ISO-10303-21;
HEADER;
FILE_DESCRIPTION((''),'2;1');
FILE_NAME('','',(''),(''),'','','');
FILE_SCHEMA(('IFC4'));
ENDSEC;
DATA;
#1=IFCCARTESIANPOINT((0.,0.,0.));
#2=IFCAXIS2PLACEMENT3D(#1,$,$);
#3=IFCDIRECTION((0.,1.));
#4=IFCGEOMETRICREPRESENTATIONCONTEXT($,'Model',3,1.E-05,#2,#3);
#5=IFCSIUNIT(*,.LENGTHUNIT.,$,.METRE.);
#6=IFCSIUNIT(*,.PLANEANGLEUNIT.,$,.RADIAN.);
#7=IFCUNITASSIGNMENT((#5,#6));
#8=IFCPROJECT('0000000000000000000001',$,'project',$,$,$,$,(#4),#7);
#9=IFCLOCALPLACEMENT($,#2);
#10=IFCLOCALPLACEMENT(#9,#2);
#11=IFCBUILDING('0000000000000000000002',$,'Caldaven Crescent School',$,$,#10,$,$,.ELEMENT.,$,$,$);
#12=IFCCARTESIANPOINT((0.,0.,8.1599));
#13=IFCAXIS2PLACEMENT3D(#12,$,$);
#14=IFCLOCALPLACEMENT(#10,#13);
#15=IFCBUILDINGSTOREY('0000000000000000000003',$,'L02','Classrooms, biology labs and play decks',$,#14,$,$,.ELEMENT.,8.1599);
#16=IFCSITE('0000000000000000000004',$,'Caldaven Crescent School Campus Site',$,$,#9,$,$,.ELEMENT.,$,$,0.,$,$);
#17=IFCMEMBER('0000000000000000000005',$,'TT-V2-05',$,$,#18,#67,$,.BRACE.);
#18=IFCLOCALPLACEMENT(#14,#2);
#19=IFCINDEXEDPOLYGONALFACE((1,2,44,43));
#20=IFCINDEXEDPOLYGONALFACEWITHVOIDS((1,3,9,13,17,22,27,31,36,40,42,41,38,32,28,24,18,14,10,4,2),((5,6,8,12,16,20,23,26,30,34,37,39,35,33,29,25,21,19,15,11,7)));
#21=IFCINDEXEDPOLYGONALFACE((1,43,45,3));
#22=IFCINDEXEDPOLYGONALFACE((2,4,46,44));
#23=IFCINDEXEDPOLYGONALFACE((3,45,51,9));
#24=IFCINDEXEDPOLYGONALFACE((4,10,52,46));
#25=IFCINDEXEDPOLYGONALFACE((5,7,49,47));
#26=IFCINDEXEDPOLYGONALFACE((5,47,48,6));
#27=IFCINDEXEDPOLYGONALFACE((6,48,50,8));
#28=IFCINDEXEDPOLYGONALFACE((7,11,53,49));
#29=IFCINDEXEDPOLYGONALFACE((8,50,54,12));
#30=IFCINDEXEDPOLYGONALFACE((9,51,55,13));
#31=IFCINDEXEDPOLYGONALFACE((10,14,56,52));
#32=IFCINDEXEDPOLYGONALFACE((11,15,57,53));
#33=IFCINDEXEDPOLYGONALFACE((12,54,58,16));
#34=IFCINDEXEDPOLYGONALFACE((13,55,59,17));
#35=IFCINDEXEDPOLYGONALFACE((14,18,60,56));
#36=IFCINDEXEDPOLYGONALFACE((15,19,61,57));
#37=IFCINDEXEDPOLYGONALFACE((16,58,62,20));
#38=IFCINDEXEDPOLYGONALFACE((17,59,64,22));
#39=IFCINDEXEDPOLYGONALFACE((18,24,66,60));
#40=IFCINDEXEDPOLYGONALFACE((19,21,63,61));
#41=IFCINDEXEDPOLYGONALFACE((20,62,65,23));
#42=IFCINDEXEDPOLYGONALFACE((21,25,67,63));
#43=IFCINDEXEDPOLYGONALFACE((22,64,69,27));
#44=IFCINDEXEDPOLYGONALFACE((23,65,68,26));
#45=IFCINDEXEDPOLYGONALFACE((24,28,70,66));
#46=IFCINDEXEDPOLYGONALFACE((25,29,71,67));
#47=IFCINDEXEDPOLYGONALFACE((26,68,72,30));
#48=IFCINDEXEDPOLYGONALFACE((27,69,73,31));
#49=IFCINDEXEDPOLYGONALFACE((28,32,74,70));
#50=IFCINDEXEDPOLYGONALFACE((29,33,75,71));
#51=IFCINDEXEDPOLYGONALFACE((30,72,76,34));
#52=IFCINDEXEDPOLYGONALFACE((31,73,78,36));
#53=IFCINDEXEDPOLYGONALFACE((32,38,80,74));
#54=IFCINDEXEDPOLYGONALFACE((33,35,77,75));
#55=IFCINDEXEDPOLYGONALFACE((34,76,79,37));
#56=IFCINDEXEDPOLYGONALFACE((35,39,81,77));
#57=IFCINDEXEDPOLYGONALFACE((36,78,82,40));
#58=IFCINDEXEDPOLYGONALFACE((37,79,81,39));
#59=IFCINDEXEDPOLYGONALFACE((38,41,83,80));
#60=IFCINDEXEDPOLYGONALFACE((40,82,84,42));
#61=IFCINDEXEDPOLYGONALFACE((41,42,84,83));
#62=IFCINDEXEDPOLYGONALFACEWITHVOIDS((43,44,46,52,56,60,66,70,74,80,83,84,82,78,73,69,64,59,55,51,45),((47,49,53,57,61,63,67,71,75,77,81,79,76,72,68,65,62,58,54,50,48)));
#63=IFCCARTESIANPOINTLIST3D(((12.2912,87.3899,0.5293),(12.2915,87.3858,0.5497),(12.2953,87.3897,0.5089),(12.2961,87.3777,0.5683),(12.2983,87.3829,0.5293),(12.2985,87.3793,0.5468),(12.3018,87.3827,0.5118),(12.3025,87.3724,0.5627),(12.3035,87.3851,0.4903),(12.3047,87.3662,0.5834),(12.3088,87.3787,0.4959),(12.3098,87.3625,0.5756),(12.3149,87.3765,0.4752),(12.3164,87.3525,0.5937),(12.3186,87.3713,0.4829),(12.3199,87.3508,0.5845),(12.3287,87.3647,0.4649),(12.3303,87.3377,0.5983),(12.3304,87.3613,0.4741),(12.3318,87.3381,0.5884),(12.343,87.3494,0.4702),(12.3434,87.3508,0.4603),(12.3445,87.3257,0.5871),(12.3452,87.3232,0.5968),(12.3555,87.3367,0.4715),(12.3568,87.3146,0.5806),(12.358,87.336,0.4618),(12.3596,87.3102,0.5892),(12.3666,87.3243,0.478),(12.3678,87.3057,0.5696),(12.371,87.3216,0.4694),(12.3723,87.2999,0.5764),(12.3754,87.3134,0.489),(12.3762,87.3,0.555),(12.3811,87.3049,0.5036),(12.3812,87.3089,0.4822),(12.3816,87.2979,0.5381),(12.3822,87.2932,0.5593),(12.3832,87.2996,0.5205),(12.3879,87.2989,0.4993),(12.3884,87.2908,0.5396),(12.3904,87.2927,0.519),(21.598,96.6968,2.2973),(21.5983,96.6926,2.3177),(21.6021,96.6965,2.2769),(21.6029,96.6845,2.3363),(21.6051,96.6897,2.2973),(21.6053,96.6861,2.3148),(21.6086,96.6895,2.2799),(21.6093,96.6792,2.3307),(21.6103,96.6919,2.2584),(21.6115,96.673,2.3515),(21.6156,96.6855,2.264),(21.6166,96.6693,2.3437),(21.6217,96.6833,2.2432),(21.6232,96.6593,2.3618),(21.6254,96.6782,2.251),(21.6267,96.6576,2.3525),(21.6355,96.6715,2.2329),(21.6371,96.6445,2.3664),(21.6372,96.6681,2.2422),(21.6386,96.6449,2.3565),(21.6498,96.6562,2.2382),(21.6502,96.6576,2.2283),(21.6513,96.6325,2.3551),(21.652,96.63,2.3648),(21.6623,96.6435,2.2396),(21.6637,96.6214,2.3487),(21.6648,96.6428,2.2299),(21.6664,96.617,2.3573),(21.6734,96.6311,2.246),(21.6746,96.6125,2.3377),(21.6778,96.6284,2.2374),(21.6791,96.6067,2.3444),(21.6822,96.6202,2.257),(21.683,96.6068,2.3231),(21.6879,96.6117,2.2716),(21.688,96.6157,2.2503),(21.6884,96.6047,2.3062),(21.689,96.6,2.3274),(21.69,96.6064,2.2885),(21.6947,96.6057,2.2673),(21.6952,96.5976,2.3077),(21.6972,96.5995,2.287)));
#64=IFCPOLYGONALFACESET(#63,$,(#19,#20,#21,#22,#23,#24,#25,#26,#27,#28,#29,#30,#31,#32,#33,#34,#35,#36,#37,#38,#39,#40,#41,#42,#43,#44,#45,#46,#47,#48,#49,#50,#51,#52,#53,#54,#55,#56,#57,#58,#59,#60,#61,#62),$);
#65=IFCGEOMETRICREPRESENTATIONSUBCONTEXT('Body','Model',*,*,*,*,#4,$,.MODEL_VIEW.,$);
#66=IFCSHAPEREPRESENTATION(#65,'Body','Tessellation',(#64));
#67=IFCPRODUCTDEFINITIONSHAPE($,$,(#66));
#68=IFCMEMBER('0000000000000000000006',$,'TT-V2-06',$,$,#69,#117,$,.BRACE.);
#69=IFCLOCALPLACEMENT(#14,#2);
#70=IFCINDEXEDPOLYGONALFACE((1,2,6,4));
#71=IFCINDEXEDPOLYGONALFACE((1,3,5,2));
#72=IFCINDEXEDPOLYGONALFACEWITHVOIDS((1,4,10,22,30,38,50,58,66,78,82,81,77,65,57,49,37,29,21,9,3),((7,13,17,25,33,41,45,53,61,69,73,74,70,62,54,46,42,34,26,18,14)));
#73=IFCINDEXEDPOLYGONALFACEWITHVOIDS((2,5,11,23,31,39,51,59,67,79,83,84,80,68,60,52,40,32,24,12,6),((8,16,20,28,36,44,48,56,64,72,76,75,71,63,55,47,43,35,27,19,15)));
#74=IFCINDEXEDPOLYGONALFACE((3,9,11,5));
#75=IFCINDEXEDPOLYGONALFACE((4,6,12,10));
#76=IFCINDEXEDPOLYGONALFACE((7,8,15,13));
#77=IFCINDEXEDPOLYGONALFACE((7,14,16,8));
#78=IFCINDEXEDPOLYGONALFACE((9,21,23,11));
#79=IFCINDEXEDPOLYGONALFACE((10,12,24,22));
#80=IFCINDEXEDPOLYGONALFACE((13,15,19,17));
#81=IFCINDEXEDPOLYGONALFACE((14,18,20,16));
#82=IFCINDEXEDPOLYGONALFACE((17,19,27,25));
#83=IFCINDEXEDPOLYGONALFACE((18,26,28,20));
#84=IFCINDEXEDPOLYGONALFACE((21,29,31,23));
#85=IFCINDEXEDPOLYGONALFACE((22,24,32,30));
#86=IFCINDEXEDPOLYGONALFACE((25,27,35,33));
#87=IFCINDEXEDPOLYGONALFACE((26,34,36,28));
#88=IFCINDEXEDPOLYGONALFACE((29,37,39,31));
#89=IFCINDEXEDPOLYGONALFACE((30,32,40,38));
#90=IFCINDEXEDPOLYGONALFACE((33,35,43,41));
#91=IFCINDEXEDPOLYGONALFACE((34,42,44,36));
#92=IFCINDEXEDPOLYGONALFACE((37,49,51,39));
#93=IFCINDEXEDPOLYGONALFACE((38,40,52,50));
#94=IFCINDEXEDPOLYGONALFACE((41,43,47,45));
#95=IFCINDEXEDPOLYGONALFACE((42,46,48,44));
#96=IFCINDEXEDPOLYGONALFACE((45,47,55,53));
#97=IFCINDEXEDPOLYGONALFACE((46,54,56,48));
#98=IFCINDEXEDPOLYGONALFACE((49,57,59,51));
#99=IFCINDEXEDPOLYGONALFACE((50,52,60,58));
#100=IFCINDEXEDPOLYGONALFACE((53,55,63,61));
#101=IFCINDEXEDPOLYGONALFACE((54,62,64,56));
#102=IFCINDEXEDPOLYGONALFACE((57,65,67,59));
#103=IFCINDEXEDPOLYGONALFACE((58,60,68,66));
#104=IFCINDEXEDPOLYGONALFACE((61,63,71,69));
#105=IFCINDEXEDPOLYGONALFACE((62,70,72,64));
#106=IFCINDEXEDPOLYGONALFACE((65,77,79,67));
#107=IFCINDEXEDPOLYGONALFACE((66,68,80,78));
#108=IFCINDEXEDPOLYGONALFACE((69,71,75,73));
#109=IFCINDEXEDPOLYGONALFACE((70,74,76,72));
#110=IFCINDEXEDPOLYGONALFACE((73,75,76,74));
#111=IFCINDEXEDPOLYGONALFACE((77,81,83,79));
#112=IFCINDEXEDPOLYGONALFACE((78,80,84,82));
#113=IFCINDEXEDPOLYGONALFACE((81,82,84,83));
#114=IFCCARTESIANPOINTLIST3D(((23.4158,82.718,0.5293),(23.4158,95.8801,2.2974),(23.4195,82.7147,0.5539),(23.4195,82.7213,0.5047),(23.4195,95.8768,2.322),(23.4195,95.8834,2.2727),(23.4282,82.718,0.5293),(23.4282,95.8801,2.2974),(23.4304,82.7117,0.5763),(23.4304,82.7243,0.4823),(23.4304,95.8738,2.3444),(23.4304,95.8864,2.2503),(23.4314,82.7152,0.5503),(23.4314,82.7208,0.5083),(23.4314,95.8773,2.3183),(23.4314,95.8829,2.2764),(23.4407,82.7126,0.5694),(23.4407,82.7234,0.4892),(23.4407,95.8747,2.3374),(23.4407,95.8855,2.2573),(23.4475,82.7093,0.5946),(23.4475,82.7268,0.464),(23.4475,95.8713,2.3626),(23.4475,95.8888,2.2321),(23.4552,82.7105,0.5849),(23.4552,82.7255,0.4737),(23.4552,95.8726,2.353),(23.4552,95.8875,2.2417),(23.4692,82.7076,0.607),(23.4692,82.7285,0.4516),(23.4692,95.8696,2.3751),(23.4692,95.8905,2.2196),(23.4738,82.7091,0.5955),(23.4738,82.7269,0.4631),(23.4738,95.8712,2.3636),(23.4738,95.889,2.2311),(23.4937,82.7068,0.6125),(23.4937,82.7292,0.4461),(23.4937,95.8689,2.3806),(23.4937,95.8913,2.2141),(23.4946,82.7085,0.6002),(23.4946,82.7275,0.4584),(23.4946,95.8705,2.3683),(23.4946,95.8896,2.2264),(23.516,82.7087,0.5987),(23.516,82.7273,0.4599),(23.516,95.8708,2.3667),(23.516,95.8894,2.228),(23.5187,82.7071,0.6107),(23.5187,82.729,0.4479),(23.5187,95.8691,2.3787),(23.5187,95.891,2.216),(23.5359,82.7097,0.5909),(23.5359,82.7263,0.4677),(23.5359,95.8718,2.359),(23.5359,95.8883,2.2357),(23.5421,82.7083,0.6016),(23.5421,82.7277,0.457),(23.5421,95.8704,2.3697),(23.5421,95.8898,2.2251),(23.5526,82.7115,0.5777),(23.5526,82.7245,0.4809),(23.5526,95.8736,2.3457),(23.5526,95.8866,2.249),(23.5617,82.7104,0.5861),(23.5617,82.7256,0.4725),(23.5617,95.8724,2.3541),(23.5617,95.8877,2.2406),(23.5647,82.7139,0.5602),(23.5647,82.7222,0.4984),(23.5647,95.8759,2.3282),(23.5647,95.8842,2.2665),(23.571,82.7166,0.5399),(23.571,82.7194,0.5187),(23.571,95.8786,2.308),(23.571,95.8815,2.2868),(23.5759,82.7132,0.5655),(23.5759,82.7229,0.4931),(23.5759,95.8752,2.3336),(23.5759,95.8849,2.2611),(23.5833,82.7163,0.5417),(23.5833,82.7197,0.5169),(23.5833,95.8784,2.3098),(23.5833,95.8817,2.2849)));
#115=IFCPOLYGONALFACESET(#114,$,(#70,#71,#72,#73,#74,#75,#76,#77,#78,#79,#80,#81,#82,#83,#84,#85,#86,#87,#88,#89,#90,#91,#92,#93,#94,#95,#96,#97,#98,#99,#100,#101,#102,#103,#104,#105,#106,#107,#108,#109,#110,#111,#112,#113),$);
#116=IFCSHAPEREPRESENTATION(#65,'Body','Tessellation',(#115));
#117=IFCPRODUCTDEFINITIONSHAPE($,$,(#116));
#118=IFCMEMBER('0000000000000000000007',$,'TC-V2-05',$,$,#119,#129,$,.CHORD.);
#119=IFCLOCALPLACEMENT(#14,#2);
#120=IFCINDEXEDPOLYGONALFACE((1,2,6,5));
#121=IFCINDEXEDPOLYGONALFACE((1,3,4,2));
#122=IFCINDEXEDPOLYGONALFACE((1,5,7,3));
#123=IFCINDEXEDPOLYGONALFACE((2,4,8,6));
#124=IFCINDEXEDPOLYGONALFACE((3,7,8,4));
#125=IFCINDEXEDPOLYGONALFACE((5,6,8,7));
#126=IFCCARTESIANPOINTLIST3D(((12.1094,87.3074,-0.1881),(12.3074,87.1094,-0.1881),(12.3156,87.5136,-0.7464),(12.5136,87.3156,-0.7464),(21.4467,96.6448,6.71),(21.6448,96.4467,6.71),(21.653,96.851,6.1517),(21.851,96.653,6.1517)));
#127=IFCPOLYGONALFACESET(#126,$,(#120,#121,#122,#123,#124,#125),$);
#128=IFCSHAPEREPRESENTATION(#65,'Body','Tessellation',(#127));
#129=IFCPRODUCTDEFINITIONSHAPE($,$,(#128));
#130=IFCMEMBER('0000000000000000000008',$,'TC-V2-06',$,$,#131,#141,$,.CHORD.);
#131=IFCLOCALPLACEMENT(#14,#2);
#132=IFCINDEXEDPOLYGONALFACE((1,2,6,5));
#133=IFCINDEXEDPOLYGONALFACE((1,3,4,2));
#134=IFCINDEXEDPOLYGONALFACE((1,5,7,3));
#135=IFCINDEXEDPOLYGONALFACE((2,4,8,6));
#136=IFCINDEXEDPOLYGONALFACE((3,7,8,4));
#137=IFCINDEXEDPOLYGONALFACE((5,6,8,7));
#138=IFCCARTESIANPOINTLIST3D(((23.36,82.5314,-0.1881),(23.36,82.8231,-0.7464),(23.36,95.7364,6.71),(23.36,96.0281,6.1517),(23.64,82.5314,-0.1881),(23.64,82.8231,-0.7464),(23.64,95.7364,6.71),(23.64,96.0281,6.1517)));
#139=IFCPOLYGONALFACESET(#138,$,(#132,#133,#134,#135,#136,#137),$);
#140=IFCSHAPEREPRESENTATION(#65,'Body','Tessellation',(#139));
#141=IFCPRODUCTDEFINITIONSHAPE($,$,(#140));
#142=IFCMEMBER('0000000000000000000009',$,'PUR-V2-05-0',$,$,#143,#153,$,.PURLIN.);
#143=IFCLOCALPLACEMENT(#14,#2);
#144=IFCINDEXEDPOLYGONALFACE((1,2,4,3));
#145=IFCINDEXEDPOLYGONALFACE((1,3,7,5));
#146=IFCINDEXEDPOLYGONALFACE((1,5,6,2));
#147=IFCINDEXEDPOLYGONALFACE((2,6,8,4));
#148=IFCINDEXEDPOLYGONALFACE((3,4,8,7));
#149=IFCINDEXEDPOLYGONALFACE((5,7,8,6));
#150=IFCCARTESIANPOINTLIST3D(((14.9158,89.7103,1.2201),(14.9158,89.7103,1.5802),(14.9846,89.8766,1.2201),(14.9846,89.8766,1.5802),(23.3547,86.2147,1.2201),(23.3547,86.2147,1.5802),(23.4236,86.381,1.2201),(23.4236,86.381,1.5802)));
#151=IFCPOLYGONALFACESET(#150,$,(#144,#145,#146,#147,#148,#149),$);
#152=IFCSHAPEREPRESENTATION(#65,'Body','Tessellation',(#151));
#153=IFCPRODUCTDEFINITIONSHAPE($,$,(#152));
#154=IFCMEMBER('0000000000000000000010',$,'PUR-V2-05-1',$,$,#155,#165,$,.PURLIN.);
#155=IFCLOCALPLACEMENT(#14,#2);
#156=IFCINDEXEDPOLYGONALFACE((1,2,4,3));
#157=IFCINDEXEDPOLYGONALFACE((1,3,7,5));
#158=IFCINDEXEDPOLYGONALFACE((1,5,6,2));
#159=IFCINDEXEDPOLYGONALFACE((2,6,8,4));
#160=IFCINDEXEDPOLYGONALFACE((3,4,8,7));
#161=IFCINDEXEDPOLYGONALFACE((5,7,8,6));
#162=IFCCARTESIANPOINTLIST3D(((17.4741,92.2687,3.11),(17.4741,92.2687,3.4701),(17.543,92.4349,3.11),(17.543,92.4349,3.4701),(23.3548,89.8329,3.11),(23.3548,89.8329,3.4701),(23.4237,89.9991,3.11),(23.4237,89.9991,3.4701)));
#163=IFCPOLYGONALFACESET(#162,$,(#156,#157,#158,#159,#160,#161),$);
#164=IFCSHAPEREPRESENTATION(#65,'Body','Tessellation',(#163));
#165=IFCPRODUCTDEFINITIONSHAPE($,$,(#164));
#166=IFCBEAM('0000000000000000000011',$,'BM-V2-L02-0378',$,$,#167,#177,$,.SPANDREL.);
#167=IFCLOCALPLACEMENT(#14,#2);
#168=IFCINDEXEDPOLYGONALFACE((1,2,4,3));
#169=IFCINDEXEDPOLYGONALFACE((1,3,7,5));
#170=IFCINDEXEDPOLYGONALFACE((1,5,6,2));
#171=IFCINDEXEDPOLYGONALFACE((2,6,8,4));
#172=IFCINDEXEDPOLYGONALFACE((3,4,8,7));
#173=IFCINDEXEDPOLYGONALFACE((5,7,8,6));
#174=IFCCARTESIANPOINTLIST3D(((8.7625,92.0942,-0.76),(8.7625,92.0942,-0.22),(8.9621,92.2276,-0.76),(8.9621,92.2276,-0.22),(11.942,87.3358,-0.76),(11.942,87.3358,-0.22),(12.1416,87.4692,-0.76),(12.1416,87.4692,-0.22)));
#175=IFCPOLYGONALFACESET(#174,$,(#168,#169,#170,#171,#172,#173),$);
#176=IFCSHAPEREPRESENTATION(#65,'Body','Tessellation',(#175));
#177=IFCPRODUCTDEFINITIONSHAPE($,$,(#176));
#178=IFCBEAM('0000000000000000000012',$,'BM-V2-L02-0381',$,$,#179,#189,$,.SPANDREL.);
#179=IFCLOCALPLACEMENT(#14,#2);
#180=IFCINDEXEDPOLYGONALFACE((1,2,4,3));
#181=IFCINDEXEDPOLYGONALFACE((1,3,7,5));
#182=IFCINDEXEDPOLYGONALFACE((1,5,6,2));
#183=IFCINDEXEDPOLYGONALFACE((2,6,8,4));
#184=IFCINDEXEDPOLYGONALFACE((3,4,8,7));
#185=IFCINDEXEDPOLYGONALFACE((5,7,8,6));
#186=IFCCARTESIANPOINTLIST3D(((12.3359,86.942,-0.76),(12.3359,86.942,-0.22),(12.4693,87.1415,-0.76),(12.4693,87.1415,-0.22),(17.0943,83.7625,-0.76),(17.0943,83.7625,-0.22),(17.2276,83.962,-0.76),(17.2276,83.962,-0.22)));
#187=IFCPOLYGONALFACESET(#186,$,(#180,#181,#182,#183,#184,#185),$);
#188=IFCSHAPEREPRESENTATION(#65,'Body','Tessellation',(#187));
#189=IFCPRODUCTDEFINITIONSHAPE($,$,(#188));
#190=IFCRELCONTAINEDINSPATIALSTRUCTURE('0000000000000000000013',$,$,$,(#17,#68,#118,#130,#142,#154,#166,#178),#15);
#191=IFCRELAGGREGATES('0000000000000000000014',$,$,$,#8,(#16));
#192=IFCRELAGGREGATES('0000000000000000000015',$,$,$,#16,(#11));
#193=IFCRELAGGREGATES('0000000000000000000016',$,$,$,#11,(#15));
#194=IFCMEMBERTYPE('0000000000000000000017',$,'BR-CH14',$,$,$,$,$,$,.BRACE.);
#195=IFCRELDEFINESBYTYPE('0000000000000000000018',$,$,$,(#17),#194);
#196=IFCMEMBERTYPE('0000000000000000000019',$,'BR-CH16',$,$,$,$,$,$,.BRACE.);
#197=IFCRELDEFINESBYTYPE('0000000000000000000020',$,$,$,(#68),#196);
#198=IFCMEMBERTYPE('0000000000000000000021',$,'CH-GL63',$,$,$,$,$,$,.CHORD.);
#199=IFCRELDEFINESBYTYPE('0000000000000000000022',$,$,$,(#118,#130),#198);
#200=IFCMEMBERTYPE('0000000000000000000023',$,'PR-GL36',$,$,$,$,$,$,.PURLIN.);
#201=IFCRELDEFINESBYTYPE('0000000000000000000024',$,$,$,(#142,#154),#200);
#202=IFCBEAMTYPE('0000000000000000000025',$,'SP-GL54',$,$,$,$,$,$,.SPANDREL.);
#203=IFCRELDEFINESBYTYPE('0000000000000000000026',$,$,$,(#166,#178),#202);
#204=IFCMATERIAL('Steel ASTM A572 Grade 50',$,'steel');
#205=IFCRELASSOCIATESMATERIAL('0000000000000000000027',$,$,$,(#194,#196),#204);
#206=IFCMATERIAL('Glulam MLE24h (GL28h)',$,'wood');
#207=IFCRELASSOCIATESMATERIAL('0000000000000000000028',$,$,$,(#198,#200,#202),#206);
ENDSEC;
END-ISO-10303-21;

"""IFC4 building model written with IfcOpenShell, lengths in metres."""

from ifc_helpers import new_model, si_unit, direction, frame, origin, origin_2d, place, context, subcontext, project, spatial, rectangle, hollow_circle, extrude, material, material_profile, profile_set, type_object, element, save


model = new_model("IFC4")

# Units and contexts
model_context = context("Model", 3, precision=1e-05, world=origin(), true_north=direction((0.0, 1.0)))
body_context = subcontext(model_context, "Body", "Model", "MODEL_VIEW")
ifc_project = project(units=[si_unit("LENGTHUNIT", "METRE"), si_unit("PLANEANGLEUNIT", "RADIAN")], contexts=[model_context])

# Site, building, storey
site_placement = place(None, origin())
site = spatial("IfcSite", under=ifc_project, at=site_placement, Name="Caldaven Crescent School Campus Site", CompositionType="ELEMENT", RefElevation=0.0)
building_placement = place(site_placement, origin())
building = spatial("IfcBuilding", under=site, at=building_placement, Name="Caldaven Crescent School", CompositionType="ELEMENT")
storey_placement = place(building_placement, frame((0.0, 0.0, 8.1599)))
storey = spatial("IfcBuildingStorey", under=building, at=storey_placement, Name="L02", Description="Classrooms, biology labs and play decks", CompositionType="ELEMENT", Elevation=8.1599)

# Shared definitions
ifc_material_1 = material(Name="Glulam MLE24h (GL28h)", Category="wood")
ifc_material_2 = material(Name="Steel ASTM A572 Grade 50", Category="steel")

# Members
ifc_material_profile_1 = material_profile(ifc_material_2, hollow_circle(Radius=0.0698, WallThickness=0.01, at=origin_2d()), Name="CHS 139.7x10.0")
ifc_profile_set_1 = profile_set([ifc_material_profile_1], Name="Steel ASTM A572 Grade 50")
member_type_1 = type_object("IfcMemberType", Name="BR-CH14", PredefinedType="BRACE", material=ifc_profile_set_1)
member_1_placement = place(storey_placement, frame((12.3406, 87.3406, 0.5293), z_axis=(0.700812, 0.700812, 0.133136), x_axis=(-0.707107, 0.707107, 0.0)))
element("IfcMember", 1, at=member_1_placement, inside=storey, type_object=member_type_1, Name="TT-V2-05", PredefinedType="BRACE", context=body_context, shape_type="SweptSolid", body=[
    extrude(hollow_circle(Radius=0.0698, WallThickness=0.01, at=origin_2d()), origin(), (0.0, 0.0, 1.0), 13.28),
])
ifc_material_profile_2 = material_profile(ifc_material_2, hollow_circle(Radius=0.0842, WallThickness=0.0125, at=origin_2d()), Name="CHS 168.3x12.5")
ifc_profile_set_2 = profile_set([ifc_material_profile_2], Name="Steel ASTM A572 Grade 50")
member_type_2 = type_object("IfcMemberType", Name="BR-CH16", PredefinedType="BRACE", material=ifc_profile_set_2)
member_2_placement = place(storey_placement, frame((23.5, 82.718, 0.5293), z_axis=(0.0, 0.991098, 0.133134), x_axis=(-1.0, 0.0, 0.0)))
element("IfcMember", 2, at=member_2_placement, inside=storey, type_object=member_type_2, Name="TT-V2-06", PredefinedType="BRACE", context=body_context, shape_type="SweptSolid", body=[
    extrude(hollow_circle(Radius=0.0842, WallThickness=0.0125, at=origin_2d()), origin(), (0.0, 0.0, 1.0), 13.2803),
])
ifc_material_profile_3 = material_profile(ifc_material_1, rectangle(XDim=0.28, YDim=0.6299, at=origin_2d()), Name="MLE 280x630")
ifc_profile_set_3 = profile_set([ifc_material_profile_3], Name="Glulam MLE24h (GL28h)")
member_type_3 = type_object("IfcMemberType", Name="CH-GL63", PredefinedType="CHORD", material=ifc_profile_set_3)
for number, where, z_axis, x_axis, name in (
    (3, (12.3115, 87.3115, -0.4673), (0.626743, 0.626743, 0.463019), (-0.707107, 0.707107, 0.0), "TC-V2-05"),
    (4, (23.5, 82.6772, -0.4673), (0.0, 0.886348, 0.463019), (-1.0, 0.0, 0.0), "TC-V2-06"),
):
    element("IfcMember", number, at=place(storey_placement, frame(where, z_axis=z_axis, x_axis=x_axis)), inside=storey, type_object=member_type_3, Name=name, PredefinedType="CHORD", context=body_context, shape_type="SweptSolid", body=[
        extrude(rectangle(XDim=0.28, YDim=0.6299, at=origin_2d()), origin(), (0.0, 0.0, 1.0), 14.8982),
    ])
ifc_material_profile_4 = material_profile(ifc_material_1, rectangle(XDim=0.1799, YDim=0.3601, at=origin_2d()), Name="MLE 180x360")
ifc_profile_set_4 = profile_set([ifc_material_profile_4], Name="Glulam MLE24h (GL28h)")
member_type_4 = type_object("IfcMemberType", Name="PR-GL36", PredefinedType="PURLIN", material=ifc_profile_set_4)
member_3_placement = place(storey_placement, frame((14.9502, 89.7935, 1.4001), z_axis=(0.923877, -0.38269, 0.0), x_axis=(0.38269, 0.923877, 0.0)))
element("IfcMember", 5, at=member_3_placement, inside=storey, type_object=member_type_4, Name="PUR-V2-05-0", PredefinedType="PURLIN", context=body_context, shape_type="SweptSolid", body=[
    extrude(rectangle(XDim=0.1799, YDim=0.3601, at=origin_2d()), origin(), (0.0, 0.0, 1.0), 9.1343),
])
member_4_placement = place(storey_placement, frame((17.5085, 92.3518, 3.29), z_axis=(0.923882, -0.382678, 0.0), x_axis=(0.382678, 0.923882, 0.0)))
element("IfcMember", 6, at=member_4_placement, inside=storey, type_object=member_type_4, Name="PUR-V2-05-1", PredefinedType="PURLIN", context=body_context, shape_type="SweptSolid", body=[
    extrude(rectangle(XDim=0.1799, YDim=0.3601, at=origin_2d()), origin(), (0.0, 0.0, 1.0), 6.3652),
])

# Beams
ifc_material_profile_5 = material_profile(ifc_material_1, rectangle(XDim=0.24, YDim=0.54, at=origin_2d()), Name="MLE 240x540")
ifc_profile_set_5 = profile_set([ifc_material_profile_5], Name="Glulam MLE24h (GL28h)")
beam_type_1 = type_object("IfcBeamType", Name="SP-GL54", PredefinedType="SPANDREL", material=ifc_profile_set_5)
for number, where, z_axis, x_axis, name in (
    (7, (8.8623, 92.1609, -0.49), (0.555576, -0.831466, 0.0), (0.831466, 0.555576, 0.0), "BM-V2-L02-0378"),
    (8, (12.4026, 87.0417, -0.49), (0.831466, -0.555576, 0.0), (0.555576, 0.831466, 0.0), "BM-V2-L02-0381"),
):
    element("IfcBeam", number, at=place(storey_placement, frame(where, z_axis=z_axis, x_axis=x_axis)), inside=storey, type_object=beam_type_1, Name=name, PredefinedType="SPANDREL", context=body_context, shape_type="SweptSolid", body=[
        extrude(rectangle(XDim=0.24, YDim=0.54, at=origin_2d()), origin(), (0.0, 0.0, 1.0), 5.7229),
    ])

save(model, "model.ifc")
